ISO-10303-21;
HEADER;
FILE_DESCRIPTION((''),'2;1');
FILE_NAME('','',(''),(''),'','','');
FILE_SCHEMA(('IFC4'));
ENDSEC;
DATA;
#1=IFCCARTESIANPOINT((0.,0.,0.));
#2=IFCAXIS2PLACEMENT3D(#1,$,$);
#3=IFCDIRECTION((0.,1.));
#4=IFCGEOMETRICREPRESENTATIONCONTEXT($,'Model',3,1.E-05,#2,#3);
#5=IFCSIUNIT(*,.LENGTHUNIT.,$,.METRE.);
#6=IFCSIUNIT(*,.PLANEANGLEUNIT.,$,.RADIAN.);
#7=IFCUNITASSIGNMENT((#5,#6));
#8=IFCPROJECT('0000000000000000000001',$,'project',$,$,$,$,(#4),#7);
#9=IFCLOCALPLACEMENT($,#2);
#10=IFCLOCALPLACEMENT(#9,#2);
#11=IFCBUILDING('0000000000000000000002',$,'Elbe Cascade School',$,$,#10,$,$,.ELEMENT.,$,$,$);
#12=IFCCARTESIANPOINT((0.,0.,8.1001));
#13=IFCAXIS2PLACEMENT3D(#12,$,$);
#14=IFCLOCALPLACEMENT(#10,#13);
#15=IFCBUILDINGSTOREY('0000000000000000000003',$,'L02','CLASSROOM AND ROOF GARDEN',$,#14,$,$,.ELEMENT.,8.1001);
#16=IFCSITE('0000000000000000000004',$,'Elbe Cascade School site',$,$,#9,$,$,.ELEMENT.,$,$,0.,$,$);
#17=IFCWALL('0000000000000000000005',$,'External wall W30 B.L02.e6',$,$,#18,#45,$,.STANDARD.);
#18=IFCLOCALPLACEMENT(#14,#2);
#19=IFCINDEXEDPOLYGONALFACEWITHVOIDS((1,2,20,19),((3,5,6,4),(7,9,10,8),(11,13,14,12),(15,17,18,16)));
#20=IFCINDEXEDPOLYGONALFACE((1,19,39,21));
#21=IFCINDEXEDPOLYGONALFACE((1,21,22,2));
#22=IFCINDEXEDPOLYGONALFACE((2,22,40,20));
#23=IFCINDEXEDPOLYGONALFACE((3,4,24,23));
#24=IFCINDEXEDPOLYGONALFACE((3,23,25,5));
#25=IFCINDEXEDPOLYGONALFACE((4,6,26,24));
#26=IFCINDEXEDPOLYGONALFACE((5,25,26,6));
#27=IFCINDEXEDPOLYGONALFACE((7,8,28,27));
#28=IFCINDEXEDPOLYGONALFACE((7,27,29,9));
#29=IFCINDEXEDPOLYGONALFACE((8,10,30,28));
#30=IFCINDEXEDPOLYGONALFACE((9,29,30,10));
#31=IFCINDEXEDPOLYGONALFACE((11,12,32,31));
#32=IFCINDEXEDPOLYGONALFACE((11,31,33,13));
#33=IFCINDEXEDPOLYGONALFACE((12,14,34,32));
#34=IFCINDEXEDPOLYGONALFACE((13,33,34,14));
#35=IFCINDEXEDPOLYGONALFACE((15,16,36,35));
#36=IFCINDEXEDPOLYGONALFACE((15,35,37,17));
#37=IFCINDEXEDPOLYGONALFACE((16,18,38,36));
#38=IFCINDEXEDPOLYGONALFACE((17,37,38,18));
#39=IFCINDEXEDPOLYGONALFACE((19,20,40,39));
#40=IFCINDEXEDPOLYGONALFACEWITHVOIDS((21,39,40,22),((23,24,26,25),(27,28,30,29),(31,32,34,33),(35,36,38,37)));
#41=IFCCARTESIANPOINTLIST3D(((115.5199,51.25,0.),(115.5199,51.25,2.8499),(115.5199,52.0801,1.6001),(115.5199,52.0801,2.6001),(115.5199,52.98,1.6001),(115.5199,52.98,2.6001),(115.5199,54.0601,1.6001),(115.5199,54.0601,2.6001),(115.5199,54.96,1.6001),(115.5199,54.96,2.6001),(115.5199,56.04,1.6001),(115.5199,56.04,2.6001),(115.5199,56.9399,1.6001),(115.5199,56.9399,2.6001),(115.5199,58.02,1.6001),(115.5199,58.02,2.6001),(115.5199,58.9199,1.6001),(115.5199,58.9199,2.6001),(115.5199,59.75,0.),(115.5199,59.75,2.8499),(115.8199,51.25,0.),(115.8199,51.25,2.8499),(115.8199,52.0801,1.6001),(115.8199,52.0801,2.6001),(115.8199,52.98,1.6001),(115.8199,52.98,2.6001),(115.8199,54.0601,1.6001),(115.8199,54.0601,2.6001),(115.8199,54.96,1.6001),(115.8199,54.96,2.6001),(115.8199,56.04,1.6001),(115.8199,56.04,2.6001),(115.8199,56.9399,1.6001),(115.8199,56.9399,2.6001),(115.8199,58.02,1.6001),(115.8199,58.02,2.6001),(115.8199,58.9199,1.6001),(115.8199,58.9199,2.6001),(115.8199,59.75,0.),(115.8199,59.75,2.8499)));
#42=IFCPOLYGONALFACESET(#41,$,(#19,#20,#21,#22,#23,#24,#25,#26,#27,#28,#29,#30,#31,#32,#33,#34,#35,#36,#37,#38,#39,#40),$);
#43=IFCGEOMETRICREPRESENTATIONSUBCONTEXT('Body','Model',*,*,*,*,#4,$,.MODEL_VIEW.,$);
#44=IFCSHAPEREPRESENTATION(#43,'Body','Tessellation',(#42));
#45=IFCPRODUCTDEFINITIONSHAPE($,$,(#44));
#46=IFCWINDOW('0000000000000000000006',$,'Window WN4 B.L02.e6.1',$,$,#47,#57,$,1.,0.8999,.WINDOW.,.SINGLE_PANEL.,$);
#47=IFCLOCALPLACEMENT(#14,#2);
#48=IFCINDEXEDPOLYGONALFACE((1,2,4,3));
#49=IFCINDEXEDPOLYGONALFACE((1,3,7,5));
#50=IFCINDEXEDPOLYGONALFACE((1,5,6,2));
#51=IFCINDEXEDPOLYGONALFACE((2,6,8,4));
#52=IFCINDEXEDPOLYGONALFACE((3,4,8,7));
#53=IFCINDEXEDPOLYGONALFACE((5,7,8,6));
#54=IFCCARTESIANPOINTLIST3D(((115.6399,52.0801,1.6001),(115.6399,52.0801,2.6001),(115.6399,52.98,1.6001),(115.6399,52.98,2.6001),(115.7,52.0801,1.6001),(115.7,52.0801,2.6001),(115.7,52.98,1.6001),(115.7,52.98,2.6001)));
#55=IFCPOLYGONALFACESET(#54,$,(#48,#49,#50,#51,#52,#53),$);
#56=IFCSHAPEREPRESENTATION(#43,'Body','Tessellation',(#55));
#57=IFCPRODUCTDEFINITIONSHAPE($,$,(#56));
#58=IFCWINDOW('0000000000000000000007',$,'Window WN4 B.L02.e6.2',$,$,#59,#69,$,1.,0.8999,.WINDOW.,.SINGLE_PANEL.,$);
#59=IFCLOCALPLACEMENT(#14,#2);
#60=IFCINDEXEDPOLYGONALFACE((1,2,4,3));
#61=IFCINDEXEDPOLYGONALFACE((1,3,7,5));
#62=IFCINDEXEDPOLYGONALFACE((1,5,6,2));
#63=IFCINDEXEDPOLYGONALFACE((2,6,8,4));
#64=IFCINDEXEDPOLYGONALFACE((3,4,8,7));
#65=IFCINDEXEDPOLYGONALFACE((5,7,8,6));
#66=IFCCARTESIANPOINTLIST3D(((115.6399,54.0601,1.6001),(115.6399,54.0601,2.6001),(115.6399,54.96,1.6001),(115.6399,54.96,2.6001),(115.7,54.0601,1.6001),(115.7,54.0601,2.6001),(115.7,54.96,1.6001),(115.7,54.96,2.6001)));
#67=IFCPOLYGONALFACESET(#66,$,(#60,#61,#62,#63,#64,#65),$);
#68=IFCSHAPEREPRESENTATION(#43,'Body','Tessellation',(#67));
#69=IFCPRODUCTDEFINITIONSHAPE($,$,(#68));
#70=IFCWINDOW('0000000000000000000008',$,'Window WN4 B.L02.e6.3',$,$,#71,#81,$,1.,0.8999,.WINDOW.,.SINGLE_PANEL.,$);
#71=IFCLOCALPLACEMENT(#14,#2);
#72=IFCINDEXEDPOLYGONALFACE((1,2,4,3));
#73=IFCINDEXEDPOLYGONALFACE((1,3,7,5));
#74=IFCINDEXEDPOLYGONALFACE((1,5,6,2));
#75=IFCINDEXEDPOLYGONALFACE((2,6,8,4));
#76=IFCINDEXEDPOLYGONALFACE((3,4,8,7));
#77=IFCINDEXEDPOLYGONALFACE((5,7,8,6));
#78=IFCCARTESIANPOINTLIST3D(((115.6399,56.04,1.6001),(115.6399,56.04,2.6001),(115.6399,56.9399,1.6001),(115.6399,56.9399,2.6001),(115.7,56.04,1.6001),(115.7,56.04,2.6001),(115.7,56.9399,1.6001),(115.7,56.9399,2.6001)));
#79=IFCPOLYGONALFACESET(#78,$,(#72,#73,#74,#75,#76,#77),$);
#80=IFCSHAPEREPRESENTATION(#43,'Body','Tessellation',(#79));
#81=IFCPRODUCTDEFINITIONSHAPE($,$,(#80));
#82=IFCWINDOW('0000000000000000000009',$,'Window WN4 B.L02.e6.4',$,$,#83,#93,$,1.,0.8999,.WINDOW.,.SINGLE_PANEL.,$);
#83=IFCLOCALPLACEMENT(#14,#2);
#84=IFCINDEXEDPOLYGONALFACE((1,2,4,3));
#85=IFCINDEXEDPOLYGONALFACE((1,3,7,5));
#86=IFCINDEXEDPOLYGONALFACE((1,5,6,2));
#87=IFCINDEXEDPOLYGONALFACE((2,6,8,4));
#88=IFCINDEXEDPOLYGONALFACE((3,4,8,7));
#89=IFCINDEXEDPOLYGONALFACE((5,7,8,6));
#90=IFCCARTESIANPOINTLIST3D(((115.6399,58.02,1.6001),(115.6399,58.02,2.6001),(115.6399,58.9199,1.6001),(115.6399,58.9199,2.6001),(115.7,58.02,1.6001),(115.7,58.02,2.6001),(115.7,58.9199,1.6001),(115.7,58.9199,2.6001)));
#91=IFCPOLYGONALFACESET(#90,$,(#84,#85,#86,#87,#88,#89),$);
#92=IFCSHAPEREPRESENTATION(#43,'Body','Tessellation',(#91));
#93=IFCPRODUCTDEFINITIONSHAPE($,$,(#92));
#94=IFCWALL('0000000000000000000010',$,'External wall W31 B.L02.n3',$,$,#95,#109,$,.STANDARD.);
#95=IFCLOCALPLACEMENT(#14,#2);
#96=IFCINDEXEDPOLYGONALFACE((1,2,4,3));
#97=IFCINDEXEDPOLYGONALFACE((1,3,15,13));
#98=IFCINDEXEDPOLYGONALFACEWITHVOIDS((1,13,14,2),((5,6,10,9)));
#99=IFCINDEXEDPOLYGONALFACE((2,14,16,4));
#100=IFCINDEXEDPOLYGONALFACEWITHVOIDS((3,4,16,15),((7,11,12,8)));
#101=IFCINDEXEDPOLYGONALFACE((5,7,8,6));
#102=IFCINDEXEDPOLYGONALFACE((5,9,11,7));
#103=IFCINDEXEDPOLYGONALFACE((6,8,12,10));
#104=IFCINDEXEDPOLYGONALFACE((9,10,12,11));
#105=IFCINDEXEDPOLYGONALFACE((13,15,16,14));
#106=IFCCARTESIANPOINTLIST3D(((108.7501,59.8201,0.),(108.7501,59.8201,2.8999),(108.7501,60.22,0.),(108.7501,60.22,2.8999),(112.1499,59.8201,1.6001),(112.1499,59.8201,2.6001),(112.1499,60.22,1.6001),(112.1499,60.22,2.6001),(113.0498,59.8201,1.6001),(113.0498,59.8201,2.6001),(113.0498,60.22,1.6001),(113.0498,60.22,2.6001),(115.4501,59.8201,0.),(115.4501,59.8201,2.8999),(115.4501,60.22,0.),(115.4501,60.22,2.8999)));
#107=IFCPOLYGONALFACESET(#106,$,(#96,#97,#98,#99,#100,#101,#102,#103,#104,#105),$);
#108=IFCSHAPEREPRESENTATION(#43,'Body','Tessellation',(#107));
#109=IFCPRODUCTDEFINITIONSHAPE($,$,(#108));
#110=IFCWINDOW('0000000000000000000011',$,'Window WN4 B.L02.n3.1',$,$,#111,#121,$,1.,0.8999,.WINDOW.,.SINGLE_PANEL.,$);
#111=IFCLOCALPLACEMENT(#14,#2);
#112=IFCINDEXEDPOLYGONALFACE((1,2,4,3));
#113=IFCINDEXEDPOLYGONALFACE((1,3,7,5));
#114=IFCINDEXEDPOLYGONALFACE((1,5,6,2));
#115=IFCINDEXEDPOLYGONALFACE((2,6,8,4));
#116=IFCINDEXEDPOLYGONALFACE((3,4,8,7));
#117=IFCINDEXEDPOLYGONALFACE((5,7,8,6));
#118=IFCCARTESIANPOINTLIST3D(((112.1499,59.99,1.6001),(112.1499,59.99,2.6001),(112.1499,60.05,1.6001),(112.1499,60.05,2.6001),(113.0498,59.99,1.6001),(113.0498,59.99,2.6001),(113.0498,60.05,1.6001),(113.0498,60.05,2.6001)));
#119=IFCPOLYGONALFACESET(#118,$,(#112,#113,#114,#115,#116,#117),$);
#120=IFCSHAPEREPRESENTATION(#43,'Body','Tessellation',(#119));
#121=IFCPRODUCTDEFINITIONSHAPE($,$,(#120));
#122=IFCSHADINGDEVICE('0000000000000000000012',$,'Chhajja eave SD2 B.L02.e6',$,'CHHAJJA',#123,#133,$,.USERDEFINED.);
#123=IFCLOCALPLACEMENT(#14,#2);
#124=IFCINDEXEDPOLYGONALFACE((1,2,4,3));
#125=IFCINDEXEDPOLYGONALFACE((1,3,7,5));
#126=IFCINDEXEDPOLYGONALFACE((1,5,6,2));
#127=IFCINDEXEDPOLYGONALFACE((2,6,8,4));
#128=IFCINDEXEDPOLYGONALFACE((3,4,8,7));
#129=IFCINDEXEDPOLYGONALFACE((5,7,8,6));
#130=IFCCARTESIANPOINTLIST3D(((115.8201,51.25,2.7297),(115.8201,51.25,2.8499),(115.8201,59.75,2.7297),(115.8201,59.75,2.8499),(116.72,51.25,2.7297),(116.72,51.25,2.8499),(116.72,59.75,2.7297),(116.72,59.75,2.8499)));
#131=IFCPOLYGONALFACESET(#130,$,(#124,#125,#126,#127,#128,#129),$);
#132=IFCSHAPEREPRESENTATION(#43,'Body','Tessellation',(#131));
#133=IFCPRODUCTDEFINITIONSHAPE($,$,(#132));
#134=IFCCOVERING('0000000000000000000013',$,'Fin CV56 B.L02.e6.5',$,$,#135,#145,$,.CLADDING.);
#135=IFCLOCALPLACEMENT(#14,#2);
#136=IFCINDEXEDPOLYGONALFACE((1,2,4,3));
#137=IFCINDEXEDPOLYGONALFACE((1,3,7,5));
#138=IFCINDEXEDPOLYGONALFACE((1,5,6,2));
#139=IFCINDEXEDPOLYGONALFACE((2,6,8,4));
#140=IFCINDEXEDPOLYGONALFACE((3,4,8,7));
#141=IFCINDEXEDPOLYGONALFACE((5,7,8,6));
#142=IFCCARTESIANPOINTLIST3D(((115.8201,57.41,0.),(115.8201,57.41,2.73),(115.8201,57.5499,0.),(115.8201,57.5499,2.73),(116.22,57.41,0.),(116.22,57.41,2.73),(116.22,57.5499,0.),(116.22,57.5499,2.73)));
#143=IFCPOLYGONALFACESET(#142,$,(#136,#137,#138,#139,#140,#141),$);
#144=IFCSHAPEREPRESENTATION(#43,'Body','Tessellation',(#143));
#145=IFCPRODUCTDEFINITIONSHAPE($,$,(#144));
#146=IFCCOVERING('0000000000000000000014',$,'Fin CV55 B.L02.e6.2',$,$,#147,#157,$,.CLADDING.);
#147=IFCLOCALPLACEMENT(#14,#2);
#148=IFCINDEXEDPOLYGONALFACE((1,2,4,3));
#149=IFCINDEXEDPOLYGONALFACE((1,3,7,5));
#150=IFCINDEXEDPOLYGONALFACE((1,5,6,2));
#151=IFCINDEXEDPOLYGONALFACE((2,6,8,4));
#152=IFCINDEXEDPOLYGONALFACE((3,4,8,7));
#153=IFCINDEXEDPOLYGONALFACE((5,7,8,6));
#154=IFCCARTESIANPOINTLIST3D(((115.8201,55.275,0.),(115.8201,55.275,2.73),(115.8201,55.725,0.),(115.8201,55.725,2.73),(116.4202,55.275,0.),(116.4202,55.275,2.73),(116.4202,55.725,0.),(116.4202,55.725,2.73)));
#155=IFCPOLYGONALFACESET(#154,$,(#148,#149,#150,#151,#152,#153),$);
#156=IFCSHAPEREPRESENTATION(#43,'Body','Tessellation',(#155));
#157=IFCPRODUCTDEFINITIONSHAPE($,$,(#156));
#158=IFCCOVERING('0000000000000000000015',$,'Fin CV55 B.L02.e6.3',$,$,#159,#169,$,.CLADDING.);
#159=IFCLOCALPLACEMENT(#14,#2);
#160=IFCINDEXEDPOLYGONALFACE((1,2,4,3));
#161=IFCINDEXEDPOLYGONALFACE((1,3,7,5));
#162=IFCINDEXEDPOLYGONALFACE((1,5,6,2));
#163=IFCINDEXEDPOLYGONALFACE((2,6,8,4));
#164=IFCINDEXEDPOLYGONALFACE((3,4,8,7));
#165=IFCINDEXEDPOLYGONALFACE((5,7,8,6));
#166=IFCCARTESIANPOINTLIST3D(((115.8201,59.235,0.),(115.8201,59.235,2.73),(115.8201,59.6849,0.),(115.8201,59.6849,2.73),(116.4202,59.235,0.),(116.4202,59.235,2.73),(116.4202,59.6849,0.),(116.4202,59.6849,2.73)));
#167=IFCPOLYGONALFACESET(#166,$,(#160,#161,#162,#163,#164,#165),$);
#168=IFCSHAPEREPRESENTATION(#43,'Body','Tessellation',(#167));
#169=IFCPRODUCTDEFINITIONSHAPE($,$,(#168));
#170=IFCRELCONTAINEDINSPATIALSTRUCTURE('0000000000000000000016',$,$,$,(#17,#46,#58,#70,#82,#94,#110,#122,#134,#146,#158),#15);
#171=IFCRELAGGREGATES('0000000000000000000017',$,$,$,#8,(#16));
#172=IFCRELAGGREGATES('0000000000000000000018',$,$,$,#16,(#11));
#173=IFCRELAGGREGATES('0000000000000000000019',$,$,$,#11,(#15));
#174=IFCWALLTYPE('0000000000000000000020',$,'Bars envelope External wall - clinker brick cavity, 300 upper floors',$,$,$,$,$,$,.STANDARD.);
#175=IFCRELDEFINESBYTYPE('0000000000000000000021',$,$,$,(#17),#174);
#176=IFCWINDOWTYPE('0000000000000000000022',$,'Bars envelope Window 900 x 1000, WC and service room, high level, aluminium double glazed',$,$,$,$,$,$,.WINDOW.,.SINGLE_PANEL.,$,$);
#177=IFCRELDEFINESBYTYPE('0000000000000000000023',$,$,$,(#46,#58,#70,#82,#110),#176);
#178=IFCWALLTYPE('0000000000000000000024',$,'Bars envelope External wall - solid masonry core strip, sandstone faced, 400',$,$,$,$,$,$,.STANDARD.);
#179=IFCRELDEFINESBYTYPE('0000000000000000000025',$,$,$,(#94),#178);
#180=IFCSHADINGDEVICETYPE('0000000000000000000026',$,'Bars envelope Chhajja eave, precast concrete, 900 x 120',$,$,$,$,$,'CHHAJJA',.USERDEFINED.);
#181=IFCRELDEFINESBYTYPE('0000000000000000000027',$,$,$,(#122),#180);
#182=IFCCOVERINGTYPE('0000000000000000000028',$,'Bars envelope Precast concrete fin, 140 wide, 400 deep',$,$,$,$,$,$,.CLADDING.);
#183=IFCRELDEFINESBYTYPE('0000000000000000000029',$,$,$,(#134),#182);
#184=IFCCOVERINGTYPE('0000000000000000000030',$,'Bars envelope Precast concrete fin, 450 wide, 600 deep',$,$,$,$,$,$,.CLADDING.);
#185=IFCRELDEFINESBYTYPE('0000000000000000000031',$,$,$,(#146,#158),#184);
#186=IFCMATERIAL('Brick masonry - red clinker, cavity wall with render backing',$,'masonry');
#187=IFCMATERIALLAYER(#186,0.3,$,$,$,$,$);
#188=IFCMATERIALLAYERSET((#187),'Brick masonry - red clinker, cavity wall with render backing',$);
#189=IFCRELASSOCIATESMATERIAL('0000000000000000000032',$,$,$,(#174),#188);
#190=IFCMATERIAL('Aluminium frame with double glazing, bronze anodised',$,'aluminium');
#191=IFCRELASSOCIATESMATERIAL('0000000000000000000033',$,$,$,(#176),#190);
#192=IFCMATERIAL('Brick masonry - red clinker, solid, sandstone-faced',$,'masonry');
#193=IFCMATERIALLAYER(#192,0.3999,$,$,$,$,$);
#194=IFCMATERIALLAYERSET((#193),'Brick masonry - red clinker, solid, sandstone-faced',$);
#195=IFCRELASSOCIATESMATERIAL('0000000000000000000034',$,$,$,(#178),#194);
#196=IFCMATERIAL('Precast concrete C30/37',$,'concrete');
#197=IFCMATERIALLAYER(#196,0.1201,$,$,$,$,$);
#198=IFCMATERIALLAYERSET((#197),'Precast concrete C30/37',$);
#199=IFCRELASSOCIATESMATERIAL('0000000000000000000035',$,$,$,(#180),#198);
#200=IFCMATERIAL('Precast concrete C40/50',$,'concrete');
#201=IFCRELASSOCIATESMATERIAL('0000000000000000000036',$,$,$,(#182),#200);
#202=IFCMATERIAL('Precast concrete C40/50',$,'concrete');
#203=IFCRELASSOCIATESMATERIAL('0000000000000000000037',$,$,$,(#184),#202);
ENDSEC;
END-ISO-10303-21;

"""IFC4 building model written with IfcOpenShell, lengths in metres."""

from ifc_helpers import new_model, si_unit, direction, frame, frame_2d, origin, origin_2d, place, context, subcontext, project, spatial, rectangle, extrude, material, layer, layer_set, type_object, element, fill, save


model = new_model("IFC4")

# Units and contexts
model_context = context("Model", 3, precision=1e-05, world=origin(), true_north=direction((0.0, 1.0)))
body_context = subcontext(model_context, "Body", "Model", "MODEL_VIEW")
ifc_project = project(units=[si_unit("LENGTHUNIT", "METRE"), si_unit("PLANEANGLEUNIT", "RADIAN")], contexts=[model_context])

# Site, building, storey
site_placement = place(None, origin())
site = spatial("IfcSite", under=ifc_project, at=site_placement, Name="Elbe Cascade School site", CompositionType="ELEMENT", RefElevation=0.0)
building_placement = place(site_placement, origin())
building = spatial("IfcBuilding", under=site, at=building_placement, Name="Elbe Cascade School", CompositionType="ELEMENT")
storey_placement = place(building_placement, frame((0.0, 0.0, 8.1001)))
storey = spatial("IfcBuildingStorey", under=building, at=storey_placement, Name="L02", Description="CLASSROOM AND ROOF GARDEN", CompositionType="ELEMENT", Elevation=8.1001)

# Wall, openings, windows
ifc_material_1 = material(Name="Brick masonry - red clinker, cavity wall with render backing", Category="masonry")
ifc_layer_1 = layer(ifc_material_1, 0.3)
ifc_layer_set_1 = layer_set([ifc_layer_1], Name="Brick masonry - red clinker, cavity wall with render backing")
wall_type_1 = type_object("IfcWallType", Name="Bars envelope External wall - clinker brick cavity, 300 upper floors", PredefinedType="STANDARD", material=ifc_layer_set_1)
wall_1_placement = place(storey_placement, frame((115.6699, 59.75, 0.0), z_axis=(0.0, 0.0, 1.0), x_axis=(0.0, -1.0, 0.0)))
wall_1 = element("IfcWall", 1, at=wall_1_placement, inside=storey, type_object=wall_type_1, Name="External wall W30 B.L02.e6", PredefinedType="STANDARD", context=body_context, shape_type="SweptSolid", body=[
    extrude(rectangle(XDim=8.5, YDim=0.3, at=frame_2d((4.25, 0.0))), origin(), (0.0, 0.0, 1.0), 2.8499),
])
opening_1_placement = place(wall_1_placement, frame((6.77, 0.0, 1.6001)))
opening_1 = element("IfcOpeningElement", 2, at=opening_1_placement, cuts=wall_1, PredefinedType="OPENING", context=body_context, shape_type="SweptSolid", body=[
    extrude(rectangle(XDim=0.8999, YDim=1.0, at=frame_2d((0.45, 0.5))), frame((0.0, 0.1599, 0.0), z_axis=(0.0, -1.0, 0.0), x_axis=(1.0, 0.0, 0.0)), (0.0, 0.0, 1.0), 0.3201),
])
opening_2_placement = place(wall_1_placement, frame((4.79, 0.0, 1.6001)))
opening_2 = element("IfcOpeningElement", 3, at=opening_2_placement, cuts=wall_1, PredefinedType="OPENING", context=body_context, shape_type="SweptSolid", body=[
    extrude(rectangle(XDim=0.8999, YDim=1.0, at=frame_2d((0.45, 0.5))), frame((0.0, 0.1599, 0.0), z_axis=(0.0, -1.0, 0.0), x_axis=(1.0, 0.0, 0.0)), (0.0, 0.0, 1.0), 0.3201),
])
opening_3_placement = place(wall_1_placement, frame((2.8101, 0.0, 1.6001)))
opening_3 = element("IfcOpeningElement", 4, at=opening_3_placement, cuts=wall_1, PredefinedType="OPENING", context=body_context, shape_type="SweptSolid", body=[
    extrude(rectangle(XDim=0.8999, YDim=1.0, at=frame_2d((0.45, 0.5))), frame((0.0, 0.1599, 0.0), z_axis=(0.0, -1.0, 0.0), x_axis=(1.0, 0.0, 0.0)), (0.0, 0.0, 1.0), 0.3201),
])
opening_4_placement = place(wall_1_placement, frame((0.8301, 0.0, 1.6001)))
opening_4 = element("IfcOpeningElement", 5, at=opening_4_placement, cuts=wall_1, PredefinedType="OPENING", context=body_context, shape_type="SweptSolid", body=[
    extrude(rectangle(XDim=0.8999, YDim=1.0, at=frame_2d((0.45, 0.5))), frame((0.0, 0.1599, 0.0), z_axis=(0.0, -1.0, 0.0), x_axis=(1.0, 0.0, 0.0)), (0.0, 0.0, 1.0), 0.3201),
])
ifc_material_2 = material(Name="Aluminium frame with double glazing, bronze anodised", Category="aluminium")
window_type = type_object("IfcWindowType", Name="Bars envelope Window 900 x 1000, WC and service room, high level, aluminium double glazed", PartitioningType="SINGLE_PANEL", PredefinedType="WINDOW", material=ifc_material_2)
window_1_placement = place(opening_1_placement, origin())
window_1 = element("IfcWindow", 6, at=window_1_placement, inside=storey, type_object=window_type, Name="Window WN4 B.L02.e6.1", OverallHeight=1.0, OverallWidth=0.8999, PartitioningType="SINGLE_PANEL", PredefinedType="WINDOW", context=body_context, shape_type="SweptSolid", body=[
    extrude(rectangle(XDim=0.8999, YDim=1.0, at=frame_2d((0.45, 0.5))), frame((0.0, 0.03, 0.0), z_axis=(0.0, -1.0, 0.0), x_axis=(1.0, 0.0, 0.0)), (0.0, 0.0, 1.0), 0.0601),
])
fill(opening_1, window_1)
window_2_placement = place(opening_2_placement, origin())
window_2 = element("IfcWindow", 7, at=window_2_placement, inside=storey, type_object=window_type, Name="Window WN4 B.L02.e6.2", OverallHeight=1.0, OverallWidth=0.8999, PartitioningType="SINGLE_PANEL", PredefinedType="WINDOW", context=body_context, shape_type="SweptSolid", body=[
    extrude(rectangle(XDim=0.8999, YDim=1.0, at=frame_2d((0.45, 0.5))), frame((0.0, 0.03, 0.0), z_axis=(0.0, -1.0, 0.0), x_axis=(1.0, 0.0, 0.0)), (0.0, 0.0, 1.0), 0.0601),
])
fill(opening_2, window_2)
window_3_placement = place(opening_3_placement, origin())
window_3 = element("IfcWindow", 8, at=window_3_placement, inside=storey, type_object=window_type, Name="Window WN4 B.L02.e6.3", OverallHeight=1.0, OverallWidth=0.8999, PartitioningType="SINGLE_PANEL", PredefinedType="WINDOW", context=body_context, shape_type="SweptSolid", body=[
    extrude(rectangle(XDim=0.8999, YDim=1.0, at=frame_2d((0.45, 0.5))), frame((0.0, 0.03, 0.0), z_axis=(0.0, -1.0, 0.0), x_axis=(1.0, 0.0, 0.0)), (0.0, 0.0, 1.0), 0.0601),
])
fill(opening_3, window_3)
window_4_placement = place(opening_4_placement, origin())
window_4 = element("IfcWindow", 9, at=window_4_placement, inside=storey, type_object=window_type, Name="Window WN4 B.L02.e6.4", OverallHeight=1.0, OverallWidth=0.8999, PartitioningType="SINGLE_PANEL", PredefinedType="WINDOW", context=body_context, shape_type="SweptSolid", body=[
    extrude(rectangle(XDim=0.8999, YDim=1.0, at=frame_2d((0.45, 0.5))), frame((0.0, 0.03, 0.0), z_axis=(0.0, -1.0, 0.0), x_axis=(1.0, 0.0, 0.0)), (0.0, 0.0, 1.0), 0.0601),
])
fill(opening_4, window_4)

# Wall, opening, window
ifc_material_3 = material(Name="Brick masonry - red clinker, solid, sandstone-faced", Category="masonry")
ifc_layer_2 = layer(ifc_material_3, 0.3999)
ifc_layer_set_2 = layer_set([ifc_layer_2], Name="Brick masonry - red clinker, solid, sandstone-faced")
wall_type_2 = type_object("IfcWallType", Name="Bars envelope External wall - solid masonry core strip, sandstone faced, 400", PredefinedType="STANDARD", material=ifc_layer_set_2)
wall_2_placement = place(storey_placement, frame((108.75, 60.02, 0.0), z_axis=(0.0, 0.0, 1.0), x_axis=(1.0, 0.0, 0.0)))
wall_2 = element("IfcWall", 10, at=wall_2_placement, inside=storey, type_object=wall_type_2, Name="External wall W31 B.L02.n3", PredefinedType="STANDARD", context=body_context, shape_type="SweptSolid", body=[
    extrude(rectangle(XDim=6.7, YDim=0.3999, at=frame_2d((3.3501, 0.0))), origin(), (0.0, 0.0, 1.0), 2.8999),
])
opening_5_placement = place(wall_2_placement, frame((3.3999, 0.0, 1.6001)))
opening_5 = element("IfcOpeningElement", 11, at=opening_5_placement, cuts=wall_2, PredefinedType="OPENING", context=body_context, shape_type="SweptSolid", body=[
    extrude(rectangle(XDim=0.8999, YDim=1.0, at=frame_2d((0.45, 0.5))), frame((0.0, 0.21, 0.0), z_axis=(0.0, -1.0, 0.0), x_axis=(1.0, 0.0, 0.0)), (0.0, 0.0, 1.0), 0.4199),
])
window_5_placement = place(opening_5_placement, origin())
window_5 = element("IfcWindow", 12, at=window_5_placement, inside=storey, type_object=window_type, Name="Window WN4 B.L02.n3.1", OverallHeight=1.0, OverallWidth=0.8999, PartitioningType="SINGLE_PANEL", PredefinedType="WINDOW", context=body_context, shape_type="SweptSolid", body=[
    extrude(rectangle(XDim=0.8999, YDim=1.0, at=frame_2d((0.45, 0.5))), frame((0.0, 0.03, 0.0), z_axis=(0.0, -1.0, 0.0), x_axis=(1.0, 0.0, 0.0)), (0.0, 0.0, 1.0), 0.0601),
])
fill(opening_5, window_5)

# Shading device
ifc_material_4 = material(Name="Precast concrete C30/37", Category="concrete")
ifc_layer_3 = layer(ifc_material_4, 0.1201)
ifc_layer_set_3 = layer_set([ifc_layer_3], Name="Precast concrete C30/37")
shading_device_type = type_object("IfcShadingDeviceType", Name="Bars envelope Chhajja eave, precast concrete, 900 x 120", ElementType="CHHAJJA", PredefinedType="USERDEFINED", material=ifc_layer_set_3)
shading_device_placement = place(storey_placement, frame((116.27, 55.5, 2.7297), z_axis=(0.0, 0.0, 1.0), x_axis=(0.0, 1.0, 0.0)))
element("IfcShadingDevice", 13, at=shading_device_placement, inside=storey, type_object=shading_device_type, Name="Chhajja eave SD2 B.L02.e6", ObjectType="CHHAJJA", PredefinedType="USERDEFINED", context=body_context, shape_type="SweptSolid", body=[
    extrude(rectangle(XDim=8.5, YDim=0.8999, at=origin_2d()), origin(), (0.0, 0.0, 1.0), 0.1201),
])

# Coverings
ifc_material_5 = material(Name="Precast concrete C40/50", Category="concrete")
covering_type_1 = type_object("IfcCoveringType", Name="Bars envelope Precast concrete fin, 140 wide, 400 deep", PredefinedType="CLADDING", material=ifc_material_5)
covering_1_placement = place(storey_placement, frame((116.02, 57.48, 0.0), z_axis=(0.0, 0.0, 1.0), x_axis=(0.0, 1.0, 0.0)))
element("IfcCovering", 14, at=covering_1_placement, inside=storey, type_object=covering_type_1, Name="Fin CV56 B.L02.e6.5", PredefinedType="CLADDING", context=body_context, shape_type="SweptSolid", body=[
    extrude(rectangle(XDim=0.1399, YDim=0.3999, at=origin_2d()), origin(), (0.0, 0.0, 1.0), 2.73),
])
ifc_material_6 = material(Name="Precast concrete C40/50", Category="concrete")
covering_type_2 = type_object("IfcCoveringType", Name="Bars envelope Precast concrete fin, 450 wide, 600 deep", PredefinedType="CLADDING", material=ifc_material_6)
for number, where, z_axis, x_axis, name in (
    (15, (116.1201, 55.5, 0.0), (0.0, 0.0, 1.0), (0.0, 1.0, 0.0), "Fin CV55 B.L02.e6.2"),
    (16, (116.1201, 59.46, 0.0), (0.0, 0.0, 1.0), (0.0, 1.0, 0.0), "Fin CV55 B.L02.e6.3"),
):
    element("IfcCovering", number, at=place(storey_placement, frame(where, z_axis=z_axis, x_axis=x_axis)), inside=storey, type_object=covering_type_2, Name=name, PredefinedType="CLADDING", context=body_context, shape_type="SweptSolid", body=[
        extrude(rectangle(XDim=0.45, YDim=0.6001, at=origin_2d()), origin(), (0.0, 0.0, 1.0), 2.73),
    ])

save(model, "model.ifc")
